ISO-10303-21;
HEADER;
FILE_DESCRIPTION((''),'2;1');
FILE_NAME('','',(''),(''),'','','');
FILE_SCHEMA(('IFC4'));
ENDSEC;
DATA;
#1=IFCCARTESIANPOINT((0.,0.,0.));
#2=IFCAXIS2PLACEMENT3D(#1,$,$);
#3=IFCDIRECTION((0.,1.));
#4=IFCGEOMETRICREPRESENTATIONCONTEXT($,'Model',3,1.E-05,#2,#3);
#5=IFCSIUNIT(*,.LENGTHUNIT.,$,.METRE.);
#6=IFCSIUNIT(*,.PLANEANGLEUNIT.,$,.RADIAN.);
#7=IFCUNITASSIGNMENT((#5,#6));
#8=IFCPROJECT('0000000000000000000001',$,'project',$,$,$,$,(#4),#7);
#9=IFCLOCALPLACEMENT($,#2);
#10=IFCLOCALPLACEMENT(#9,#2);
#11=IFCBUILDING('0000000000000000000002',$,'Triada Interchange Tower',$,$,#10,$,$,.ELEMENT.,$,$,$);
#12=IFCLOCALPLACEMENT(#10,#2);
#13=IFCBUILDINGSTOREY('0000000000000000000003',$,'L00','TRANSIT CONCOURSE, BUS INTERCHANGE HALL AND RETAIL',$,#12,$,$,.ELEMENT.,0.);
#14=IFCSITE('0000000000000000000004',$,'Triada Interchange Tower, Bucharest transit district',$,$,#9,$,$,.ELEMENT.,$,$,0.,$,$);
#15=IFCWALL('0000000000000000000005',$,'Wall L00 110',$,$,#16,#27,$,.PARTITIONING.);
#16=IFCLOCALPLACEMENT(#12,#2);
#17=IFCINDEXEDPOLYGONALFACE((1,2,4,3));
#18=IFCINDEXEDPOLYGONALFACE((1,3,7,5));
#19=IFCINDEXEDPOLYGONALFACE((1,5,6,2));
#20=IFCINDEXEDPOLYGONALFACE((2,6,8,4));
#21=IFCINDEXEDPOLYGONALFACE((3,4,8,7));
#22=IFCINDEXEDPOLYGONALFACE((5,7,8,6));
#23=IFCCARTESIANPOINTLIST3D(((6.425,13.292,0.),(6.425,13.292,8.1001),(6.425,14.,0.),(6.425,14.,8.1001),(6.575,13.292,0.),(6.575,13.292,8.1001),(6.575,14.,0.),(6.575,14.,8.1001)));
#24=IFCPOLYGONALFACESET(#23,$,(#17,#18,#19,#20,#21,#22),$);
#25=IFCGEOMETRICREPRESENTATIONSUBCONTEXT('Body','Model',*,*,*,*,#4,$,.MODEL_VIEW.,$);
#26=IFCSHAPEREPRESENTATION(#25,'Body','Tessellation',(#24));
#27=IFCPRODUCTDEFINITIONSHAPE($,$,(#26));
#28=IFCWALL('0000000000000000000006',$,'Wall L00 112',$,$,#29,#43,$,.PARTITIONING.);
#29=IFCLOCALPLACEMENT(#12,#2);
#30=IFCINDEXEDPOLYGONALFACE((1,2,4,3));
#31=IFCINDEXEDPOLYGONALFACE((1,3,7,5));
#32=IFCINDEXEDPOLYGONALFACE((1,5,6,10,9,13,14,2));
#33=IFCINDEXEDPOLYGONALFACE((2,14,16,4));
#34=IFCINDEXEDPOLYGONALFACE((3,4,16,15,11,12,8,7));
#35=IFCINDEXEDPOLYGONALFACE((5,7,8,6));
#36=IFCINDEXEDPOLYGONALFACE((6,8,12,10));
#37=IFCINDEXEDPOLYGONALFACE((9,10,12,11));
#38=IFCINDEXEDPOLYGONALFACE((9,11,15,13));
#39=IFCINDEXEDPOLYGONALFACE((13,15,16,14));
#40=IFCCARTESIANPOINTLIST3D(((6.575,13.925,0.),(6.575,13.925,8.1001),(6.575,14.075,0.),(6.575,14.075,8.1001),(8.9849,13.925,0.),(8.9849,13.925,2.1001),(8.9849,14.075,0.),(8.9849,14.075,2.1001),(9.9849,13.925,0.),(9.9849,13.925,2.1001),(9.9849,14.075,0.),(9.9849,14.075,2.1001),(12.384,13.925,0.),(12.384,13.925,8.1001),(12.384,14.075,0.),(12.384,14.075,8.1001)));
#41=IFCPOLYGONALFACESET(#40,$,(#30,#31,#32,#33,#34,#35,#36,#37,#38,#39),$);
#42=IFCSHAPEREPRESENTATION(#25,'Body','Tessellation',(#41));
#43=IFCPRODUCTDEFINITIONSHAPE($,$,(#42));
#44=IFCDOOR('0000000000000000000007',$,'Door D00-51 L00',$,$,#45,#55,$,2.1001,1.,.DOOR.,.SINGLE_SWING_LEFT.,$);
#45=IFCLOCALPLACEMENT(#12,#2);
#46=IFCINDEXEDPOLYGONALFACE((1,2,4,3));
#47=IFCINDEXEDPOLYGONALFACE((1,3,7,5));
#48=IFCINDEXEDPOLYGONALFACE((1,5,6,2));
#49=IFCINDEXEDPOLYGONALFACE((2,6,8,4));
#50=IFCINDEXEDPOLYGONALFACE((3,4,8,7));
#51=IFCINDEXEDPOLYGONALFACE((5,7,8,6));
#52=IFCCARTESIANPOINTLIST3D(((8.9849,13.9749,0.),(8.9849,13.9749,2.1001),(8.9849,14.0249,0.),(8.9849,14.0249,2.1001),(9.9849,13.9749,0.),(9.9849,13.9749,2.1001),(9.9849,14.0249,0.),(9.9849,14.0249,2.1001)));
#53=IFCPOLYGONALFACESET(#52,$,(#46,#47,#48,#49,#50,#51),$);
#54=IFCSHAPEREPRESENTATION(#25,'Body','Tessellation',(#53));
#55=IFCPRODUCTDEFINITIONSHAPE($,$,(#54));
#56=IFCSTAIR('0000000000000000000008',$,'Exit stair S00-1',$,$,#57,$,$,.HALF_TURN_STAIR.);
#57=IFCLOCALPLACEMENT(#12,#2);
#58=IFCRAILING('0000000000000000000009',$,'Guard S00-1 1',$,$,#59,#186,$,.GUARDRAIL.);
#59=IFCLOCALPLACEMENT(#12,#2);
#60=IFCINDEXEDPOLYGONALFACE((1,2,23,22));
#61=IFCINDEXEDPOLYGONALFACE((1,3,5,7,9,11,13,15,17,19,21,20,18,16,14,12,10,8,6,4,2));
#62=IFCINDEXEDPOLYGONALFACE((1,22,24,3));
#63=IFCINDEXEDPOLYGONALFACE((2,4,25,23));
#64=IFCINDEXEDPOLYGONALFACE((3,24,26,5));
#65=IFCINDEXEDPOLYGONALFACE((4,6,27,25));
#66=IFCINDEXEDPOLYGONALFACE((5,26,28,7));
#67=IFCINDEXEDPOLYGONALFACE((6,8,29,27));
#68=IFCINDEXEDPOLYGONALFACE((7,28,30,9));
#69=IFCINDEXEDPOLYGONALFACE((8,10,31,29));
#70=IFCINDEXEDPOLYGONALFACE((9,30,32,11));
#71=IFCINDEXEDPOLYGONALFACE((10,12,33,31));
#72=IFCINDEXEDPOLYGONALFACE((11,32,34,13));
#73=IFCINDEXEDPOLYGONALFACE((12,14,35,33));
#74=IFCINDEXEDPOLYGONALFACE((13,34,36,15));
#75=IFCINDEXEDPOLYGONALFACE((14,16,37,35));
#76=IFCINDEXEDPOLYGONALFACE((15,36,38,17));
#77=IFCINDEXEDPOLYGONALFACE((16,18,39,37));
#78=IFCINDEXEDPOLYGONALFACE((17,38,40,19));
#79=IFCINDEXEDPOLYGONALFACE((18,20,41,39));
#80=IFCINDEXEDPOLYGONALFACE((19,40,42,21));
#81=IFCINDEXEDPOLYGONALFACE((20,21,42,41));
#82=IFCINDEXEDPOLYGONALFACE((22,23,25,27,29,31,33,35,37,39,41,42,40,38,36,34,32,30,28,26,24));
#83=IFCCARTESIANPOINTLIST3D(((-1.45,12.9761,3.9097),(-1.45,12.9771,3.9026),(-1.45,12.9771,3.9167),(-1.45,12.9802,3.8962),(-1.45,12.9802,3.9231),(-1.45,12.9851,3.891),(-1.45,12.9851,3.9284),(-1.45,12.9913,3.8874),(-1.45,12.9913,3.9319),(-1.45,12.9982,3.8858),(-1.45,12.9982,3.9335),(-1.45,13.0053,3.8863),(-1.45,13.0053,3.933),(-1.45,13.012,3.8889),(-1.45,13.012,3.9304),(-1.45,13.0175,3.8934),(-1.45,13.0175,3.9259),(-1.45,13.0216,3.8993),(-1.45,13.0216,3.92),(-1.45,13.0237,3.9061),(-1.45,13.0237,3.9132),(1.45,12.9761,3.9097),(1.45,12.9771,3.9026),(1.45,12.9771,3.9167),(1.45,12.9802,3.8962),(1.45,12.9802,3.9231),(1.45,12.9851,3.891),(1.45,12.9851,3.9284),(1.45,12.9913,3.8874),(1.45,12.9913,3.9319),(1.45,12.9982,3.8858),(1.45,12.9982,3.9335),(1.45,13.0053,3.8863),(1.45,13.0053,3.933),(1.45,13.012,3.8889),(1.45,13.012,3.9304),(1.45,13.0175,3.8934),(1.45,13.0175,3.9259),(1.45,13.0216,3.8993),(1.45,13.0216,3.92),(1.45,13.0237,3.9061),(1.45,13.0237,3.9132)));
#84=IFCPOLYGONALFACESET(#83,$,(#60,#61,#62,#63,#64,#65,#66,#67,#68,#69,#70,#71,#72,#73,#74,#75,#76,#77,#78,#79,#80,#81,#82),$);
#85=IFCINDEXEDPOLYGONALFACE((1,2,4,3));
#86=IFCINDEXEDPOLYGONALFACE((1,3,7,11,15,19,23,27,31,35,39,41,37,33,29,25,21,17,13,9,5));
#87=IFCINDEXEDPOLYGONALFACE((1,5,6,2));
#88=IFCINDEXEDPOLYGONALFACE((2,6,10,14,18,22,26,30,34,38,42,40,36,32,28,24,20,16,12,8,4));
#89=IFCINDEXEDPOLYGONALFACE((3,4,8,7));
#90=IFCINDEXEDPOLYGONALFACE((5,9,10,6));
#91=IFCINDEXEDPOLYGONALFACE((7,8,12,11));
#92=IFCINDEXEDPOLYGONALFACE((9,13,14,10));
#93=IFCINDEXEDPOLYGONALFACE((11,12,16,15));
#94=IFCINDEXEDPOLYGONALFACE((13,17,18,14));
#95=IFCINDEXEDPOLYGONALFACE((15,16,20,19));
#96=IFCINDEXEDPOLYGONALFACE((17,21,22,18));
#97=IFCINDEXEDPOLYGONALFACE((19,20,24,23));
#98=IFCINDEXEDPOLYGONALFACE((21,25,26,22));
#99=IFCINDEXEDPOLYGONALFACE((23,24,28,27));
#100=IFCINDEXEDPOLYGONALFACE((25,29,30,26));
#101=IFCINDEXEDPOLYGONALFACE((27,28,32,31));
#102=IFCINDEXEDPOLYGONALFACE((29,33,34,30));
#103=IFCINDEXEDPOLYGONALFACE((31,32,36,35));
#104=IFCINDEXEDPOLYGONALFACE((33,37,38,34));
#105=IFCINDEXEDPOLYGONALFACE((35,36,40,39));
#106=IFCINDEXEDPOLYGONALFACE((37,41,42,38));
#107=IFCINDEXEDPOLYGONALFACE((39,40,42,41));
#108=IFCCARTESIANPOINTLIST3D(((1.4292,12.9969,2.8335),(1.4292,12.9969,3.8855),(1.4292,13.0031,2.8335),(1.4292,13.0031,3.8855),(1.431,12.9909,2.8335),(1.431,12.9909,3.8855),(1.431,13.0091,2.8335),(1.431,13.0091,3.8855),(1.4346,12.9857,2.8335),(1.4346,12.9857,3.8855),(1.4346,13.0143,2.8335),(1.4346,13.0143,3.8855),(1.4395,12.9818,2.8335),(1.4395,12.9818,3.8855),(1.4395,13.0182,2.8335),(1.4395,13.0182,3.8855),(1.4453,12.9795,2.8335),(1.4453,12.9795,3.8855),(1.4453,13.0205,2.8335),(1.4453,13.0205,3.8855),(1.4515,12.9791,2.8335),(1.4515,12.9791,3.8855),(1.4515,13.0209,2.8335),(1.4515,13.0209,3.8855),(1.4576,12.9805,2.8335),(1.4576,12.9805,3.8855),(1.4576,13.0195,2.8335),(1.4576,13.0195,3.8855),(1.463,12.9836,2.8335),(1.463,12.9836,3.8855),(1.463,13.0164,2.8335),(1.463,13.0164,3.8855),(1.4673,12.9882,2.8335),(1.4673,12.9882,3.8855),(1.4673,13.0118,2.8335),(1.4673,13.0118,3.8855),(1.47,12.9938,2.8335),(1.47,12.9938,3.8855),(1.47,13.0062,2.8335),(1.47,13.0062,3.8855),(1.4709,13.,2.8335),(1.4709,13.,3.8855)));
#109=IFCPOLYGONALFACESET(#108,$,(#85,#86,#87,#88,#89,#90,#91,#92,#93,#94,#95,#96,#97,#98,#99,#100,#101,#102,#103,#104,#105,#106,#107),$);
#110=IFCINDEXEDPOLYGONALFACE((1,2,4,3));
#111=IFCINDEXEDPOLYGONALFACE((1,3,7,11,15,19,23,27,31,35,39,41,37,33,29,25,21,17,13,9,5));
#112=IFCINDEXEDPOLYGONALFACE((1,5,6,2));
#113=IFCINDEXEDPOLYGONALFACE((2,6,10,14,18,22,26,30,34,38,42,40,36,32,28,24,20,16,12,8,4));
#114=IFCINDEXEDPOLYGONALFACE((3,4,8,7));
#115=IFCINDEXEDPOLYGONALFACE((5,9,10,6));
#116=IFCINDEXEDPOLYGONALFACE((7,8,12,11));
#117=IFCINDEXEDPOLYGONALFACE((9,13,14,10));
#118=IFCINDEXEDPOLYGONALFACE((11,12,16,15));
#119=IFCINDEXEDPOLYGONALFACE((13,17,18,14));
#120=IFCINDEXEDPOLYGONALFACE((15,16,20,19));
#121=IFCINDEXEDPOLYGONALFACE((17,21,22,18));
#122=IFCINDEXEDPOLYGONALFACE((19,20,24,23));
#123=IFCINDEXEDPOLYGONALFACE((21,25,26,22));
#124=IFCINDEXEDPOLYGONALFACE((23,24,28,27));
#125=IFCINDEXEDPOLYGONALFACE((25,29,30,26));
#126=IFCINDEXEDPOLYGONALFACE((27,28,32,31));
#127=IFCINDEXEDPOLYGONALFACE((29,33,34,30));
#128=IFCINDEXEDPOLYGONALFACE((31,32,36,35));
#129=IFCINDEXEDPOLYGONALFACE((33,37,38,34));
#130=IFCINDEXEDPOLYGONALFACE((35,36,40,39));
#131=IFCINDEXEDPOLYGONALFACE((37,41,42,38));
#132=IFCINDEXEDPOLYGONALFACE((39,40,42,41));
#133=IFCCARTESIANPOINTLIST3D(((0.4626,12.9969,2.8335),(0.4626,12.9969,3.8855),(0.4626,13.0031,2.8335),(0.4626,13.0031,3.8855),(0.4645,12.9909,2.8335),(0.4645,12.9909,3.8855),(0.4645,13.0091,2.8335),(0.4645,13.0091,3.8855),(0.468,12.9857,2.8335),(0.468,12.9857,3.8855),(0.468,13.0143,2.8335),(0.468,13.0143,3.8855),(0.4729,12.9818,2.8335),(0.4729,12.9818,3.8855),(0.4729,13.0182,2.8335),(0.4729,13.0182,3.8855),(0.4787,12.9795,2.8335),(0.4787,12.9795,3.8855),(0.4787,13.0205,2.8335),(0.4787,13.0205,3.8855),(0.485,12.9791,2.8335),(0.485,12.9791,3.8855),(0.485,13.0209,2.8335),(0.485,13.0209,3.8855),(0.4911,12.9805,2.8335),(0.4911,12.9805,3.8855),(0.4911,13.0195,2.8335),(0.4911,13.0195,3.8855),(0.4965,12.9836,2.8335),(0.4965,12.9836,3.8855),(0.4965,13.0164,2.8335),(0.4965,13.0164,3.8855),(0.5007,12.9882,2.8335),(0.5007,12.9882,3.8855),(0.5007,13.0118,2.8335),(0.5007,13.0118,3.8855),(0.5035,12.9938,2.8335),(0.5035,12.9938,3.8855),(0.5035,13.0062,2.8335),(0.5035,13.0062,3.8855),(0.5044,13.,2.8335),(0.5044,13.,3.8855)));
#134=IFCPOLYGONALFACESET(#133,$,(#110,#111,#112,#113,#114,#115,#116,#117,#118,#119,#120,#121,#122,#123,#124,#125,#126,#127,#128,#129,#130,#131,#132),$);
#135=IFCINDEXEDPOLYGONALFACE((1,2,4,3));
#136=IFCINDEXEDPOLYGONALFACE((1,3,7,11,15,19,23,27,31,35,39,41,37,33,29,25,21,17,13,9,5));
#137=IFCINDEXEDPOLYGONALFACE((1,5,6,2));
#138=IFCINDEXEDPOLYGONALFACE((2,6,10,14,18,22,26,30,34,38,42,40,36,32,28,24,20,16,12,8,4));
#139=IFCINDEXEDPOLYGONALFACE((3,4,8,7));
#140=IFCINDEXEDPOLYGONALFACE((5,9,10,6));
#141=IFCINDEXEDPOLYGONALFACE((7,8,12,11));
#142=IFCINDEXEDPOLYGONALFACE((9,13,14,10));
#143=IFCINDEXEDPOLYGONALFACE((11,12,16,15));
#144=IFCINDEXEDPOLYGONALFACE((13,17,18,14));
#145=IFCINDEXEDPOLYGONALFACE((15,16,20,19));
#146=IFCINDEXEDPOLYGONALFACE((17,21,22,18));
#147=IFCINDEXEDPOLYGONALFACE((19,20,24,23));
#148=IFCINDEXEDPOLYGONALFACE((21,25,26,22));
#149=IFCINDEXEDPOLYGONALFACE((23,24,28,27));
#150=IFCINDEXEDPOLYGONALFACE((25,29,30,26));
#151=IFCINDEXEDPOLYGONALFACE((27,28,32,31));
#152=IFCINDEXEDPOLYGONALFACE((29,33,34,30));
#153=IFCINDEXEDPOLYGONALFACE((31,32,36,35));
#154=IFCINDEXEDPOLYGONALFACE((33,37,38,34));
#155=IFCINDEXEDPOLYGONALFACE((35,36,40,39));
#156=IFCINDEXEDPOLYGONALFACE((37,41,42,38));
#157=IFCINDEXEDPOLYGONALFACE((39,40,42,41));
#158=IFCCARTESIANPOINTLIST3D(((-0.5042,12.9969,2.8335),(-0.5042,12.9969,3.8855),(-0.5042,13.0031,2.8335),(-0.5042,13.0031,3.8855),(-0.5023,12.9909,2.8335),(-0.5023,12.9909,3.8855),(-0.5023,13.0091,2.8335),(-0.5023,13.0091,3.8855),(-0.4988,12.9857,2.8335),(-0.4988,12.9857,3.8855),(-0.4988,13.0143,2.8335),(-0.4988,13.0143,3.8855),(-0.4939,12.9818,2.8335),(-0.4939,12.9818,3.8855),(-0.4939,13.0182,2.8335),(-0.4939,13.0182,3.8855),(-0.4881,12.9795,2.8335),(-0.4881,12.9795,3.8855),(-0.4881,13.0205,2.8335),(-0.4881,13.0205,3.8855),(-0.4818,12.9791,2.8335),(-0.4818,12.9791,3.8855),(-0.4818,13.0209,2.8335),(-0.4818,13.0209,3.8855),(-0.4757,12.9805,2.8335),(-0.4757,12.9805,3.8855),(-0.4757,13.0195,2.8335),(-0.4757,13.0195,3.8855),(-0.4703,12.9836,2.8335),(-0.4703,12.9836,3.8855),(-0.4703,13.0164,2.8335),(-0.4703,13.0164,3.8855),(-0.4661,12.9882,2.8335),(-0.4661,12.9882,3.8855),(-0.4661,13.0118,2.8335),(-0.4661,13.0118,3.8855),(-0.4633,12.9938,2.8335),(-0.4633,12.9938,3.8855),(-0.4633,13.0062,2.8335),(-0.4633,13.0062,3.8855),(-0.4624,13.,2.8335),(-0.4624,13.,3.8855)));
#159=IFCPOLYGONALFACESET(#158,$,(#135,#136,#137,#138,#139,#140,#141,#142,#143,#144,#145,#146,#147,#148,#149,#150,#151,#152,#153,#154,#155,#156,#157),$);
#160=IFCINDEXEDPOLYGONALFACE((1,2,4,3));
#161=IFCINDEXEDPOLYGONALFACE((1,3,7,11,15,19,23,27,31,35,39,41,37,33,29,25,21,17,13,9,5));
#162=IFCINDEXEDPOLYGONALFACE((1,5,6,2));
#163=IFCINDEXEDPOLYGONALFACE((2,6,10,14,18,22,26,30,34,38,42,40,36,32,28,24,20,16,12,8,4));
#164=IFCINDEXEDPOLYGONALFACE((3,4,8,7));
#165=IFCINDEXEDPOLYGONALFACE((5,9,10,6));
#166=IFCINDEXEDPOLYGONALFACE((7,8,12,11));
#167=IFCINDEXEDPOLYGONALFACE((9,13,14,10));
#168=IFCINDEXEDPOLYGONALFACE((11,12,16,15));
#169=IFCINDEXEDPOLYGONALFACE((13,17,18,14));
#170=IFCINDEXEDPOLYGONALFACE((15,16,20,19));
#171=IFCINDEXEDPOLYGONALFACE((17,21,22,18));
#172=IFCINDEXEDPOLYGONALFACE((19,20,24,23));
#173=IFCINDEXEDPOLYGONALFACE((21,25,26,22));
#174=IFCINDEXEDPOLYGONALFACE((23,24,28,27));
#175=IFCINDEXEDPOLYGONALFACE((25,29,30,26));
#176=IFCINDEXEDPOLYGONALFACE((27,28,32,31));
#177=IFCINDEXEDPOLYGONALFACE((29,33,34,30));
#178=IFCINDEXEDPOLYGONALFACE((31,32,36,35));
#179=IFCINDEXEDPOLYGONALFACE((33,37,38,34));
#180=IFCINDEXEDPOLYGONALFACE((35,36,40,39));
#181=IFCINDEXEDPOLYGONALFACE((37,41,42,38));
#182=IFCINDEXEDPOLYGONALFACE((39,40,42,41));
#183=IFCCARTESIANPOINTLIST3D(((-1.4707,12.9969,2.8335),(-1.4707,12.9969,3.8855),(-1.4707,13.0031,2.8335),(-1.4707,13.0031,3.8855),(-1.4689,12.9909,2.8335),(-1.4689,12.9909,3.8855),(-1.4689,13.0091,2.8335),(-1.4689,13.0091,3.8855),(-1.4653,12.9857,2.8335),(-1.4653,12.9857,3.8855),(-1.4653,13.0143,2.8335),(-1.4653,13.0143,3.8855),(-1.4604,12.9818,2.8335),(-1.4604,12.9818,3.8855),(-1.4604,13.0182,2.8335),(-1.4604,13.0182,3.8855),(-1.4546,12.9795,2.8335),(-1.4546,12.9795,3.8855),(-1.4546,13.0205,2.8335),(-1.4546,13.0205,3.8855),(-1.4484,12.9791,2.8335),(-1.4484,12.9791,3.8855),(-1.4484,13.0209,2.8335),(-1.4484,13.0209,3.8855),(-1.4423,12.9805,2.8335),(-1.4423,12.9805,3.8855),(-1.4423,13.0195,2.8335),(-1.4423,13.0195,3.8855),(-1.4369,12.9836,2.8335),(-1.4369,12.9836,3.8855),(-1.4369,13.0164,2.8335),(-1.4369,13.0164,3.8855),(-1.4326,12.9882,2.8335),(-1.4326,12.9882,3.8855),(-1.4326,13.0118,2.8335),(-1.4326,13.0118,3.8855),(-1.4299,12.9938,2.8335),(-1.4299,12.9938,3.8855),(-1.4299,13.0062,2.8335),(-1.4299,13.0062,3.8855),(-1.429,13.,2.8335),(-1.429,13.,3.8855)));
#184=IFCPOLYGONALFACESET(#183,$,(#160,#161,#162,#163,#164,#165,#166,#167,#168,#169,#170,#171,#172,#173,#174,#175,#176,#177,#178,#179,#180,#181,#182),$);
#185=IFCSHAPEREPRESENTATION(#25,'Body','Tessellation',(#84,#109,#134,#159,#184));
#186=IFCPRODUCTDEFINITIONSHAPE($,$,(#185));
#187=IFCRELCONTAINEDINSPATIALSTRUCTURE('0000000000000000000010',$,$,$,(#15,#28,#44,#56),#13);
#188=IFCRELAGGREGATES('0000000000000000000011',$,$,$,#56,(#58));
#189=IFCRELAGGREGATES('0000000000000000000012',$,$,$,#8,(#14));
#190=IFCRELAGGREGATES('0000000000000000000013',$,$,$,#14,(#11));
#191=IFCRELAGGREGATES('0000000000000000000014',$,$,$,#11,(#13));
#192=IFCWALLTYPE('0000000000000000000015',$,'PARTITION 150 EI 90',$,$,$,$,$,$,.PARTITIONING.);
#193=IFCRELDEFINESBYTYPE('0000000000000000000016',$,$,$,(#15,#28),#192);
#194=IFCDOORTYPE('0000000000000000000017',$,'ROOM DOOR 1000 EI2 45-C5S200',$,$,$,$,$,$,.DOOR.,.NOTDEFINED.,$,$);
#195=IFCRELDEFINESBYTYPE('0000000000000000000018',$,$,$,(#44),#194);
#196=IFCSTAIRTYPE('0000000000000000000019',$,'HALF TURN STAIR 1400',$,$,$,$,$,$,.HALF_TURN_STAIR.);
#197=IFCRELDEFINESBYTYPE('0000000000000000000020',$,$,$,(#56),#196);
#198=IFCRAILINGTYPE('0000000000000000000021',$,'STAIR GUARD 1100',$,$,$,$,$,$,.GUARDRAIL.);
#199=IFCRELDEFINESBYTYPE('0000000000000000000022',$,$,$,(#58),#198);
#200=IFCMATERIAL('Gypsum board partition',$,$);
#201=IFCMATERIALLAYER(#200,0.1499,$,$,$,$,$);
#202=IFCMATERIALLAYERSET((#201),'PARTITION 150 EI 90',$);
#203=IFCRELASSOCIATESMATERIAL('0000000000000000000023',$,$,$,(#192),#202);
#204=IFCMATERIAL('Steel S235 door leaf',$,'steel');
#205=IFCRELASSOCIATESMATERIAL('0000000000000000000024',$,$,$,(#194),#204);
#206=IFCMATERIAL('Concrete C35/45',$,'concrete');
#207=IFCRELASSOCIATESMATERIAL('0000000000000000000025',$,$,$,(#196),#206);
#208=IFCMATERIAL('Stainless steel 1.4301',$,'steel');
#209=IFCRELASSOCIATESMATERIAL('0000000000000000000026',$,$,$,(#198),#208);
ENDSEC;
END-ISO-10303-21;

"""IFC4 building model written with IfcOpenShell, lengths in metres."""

from ifc_helpers import new_model, si_unit, direction, frame, frame_2d, origin, origin_2d, place, context, subcontext, project, spatial, rectangle, circle, extrude, material, layer, layer_set, type_object, element, fill, aggregate, save


model = new_model("IFC4")

# Units and contexts
model_context = context("Model", 3, precision=1e-05, world=origin(), true_north=direction((0.0, 1.0)))
body_context = subcontext(model_context, "Body", "Model", "MODEL_VIEW")
ifc_project = project(units=[si_unit("LENGTHUNIT", "METRE"), si_unit("PLANEANGLEUNIT", "RADIAN")], contexts=[model_context])

# Site, building, storey
site_placement = place(None, origin())
site = spatial("IfcSite", under=ifc_project, at=site_placement, Name="Triada Interchange Tower, Bucharest transit district", CompositionType="ELEMENT", RefElevation=0.0)
building_placement = place(site_placement, origin())
building = spatial("IfcBuilding", under=site, at=building_placement, Name="Triada Interchange Tower", CompositionType="ELEMENT")
storey_placement = place(building_placement, origin())
storey = spatial("IfcBuildingStorey", under=building, at=storey_placement, Name="L00", Description="TRANSIT CONCOURSE, BUS INTERCHANGE HALL AND RETAIL", CompositionType="ELEMENT", Elevation=0.0)

# Shared definitions
ifc_material_1 = material(Name="Concrete C35/45", Category="concrete")

# Shared definitions
ifc_material_2 = material(Name="Steel S235 door leaf", Category="steel")

# Wall
ifc_material_3 = material(Name="Gypsum board partition")
ifc_layer_1 = layer(ifc_material_3, 0.1499)
ifc_layer_set_1 = layer_set([ifc_layer_1], Name="PARTITION 150 EI 90")
wall_type_1 = type_object("IfcWallType", Name="PARTITION 150 EI 90", PredefinedType="PARTITIONING", material=ifc_layer_set_1)
wall_1_placement = place(storey_placement, frame((6.5, 13.292, 0.0), z_axis=(0.0, 0.0, 1.0), x_axis=(0.0, 1.0, 0.0)))
element("IfcWall", 1, at=wall_1_placement, inside=storey, type_object=wall_type_1, Name="Wall L00 110", PredefinedType="PARTITIONING", context=body_context, shape_type="SweptSolid", body=[
    extrude(rectangle(XDim=0.708, YDim=0.1499, at=frame_2d((0.354, 0.0))), origin(), (0.0, 0.0, 1.0), 8.1001),
])

# Wall, opening, door
wall_2_placement = place(storey_placement, frame((6.575, 14.0, 0.0), z_axis=(0.0, 0.0, 1.0), x_axis=(1.0, 0.0, 0.0)))
wall_2 = element("IfcWall", 2, at=wall_2_placement, inside=storey, type_object=wall_type_1, Name="Wall L00 112", PredefinedType="PARTITIONING", context=body_context, shape_type="SweptSolid", body=[
    extrude(rectangle(XDim=5.8091, YDim=0.1499, at=frame_2d((2.9045, 0.0))), origin(), (0.0, 0.0, 1.0), 8.1001),
])
opening_1_placement = place(wall_2_placement, frame((2.4099, 0.0, 0.0)))
opening_1 = element("IfcOpeningElement", 3, at=opening_1_placement, cuts=wall_2, PredefinedType="OPENING", context=body_context, shape_type="SweptSolid", body=[
    extrude(rectangle(XDim=1.0, YDim=2.1001, at=frame_2d((0.5, 1.05))), frame((0.0, 0.085, 0.0), z_axis=(0.0, -1.0, 0.0), x_axis=(1.0, 0.0, 0.0)), (0.0, 0.0, 1.0), 0.1699),
])
door_type_1 = type_object("IfcDoorType", Name="ROOM DOOR 1000 EI2 45-C5S200", OperationType="NOTDEFINED", PredefinedType="DOOR", material=ifc_material_2)
door_1_placement = place(opening_1_placement, origin())
door_1 = element("IfcDoor", 4, at=door_1_placement, inside=storey, type_object=door_type_1, Name="Door D00-51 L00", OperationType="SINGLE_SWING_LEFT", OverallHeight=2.1001, OverallWidth=1.0, PredefinedType="DOOR", context=body_context, shape_type="SweptSolid", body=[
    extrude(rectangle(XDim=1.0, YDim=2.1001, at=frame_2d((0.5, 1.05))), frame((0.0, 0.0249, 0.0), z_axis=(0.0, -1.0, 0.0), x_axis=(1.0, 0.0, 0.0)), (0.0, 0.0, 1.0), 0.05),
])
fill(opening_1, door_1)

# Stair, railing
stair_type = type_object("IfcStairType", Name="HALF TURN STAIR 1400", PredefinedType="HALF_TURN_STAIR", material=ifc_material_1)
stair_placement = place(storey_placement, origin())
stair = element("IfcStair", 5, at=stair_placement, inside=storey, type_object=stair_type, Name="Exit stair S00-1", PredefinedType="HALF_TURN_STAIR")
ifc_material_4 = material(Name="Stainless steel 1.4301", Category="steel")
railing_type = type_object("IfcRailingType", Name="STAIR GUARD 1100", PredefinedType="GUARDRAIL", material=ifc_material_4)
railing_1_placement = place(storey_placement, frame((1.45, 13.0, 2.8335)))
railing_1 = element("IfcRailing", 6, at=railing_1_placement, type_object=railing_type, Name="Guard S00-1 1", PredefinedType="GUARDRAIL", context=body_context, shape_type="SweptSolid", body=[
    extrude(circle(Radius=0.0239, at=origin_2d()), frame((0.0, 0.0, 1.0762), z_axis=(-1.0, 0.0, 0.0), x_axis=(0.0, -1.0, 0.0)), (0.0, 0.0, 1.0), 2.8999),
    extrude(circle(Radius=0.021, at=origin_2d()), origin(), (0.0, 0.0, 1.0), 1.052),
    extrude(circle(Radius=0.021, at=origin_2d()), frame((-0.9666, 0.0, 0.0)), (0.0, 0.0, 1.0), 1.052),
    extrude(circle(Radius=0.021, at=origin_2d()), frame((-1.9333, 0.0, 0.0)), (0.0, 0.0, 1.0), 1.052),
    extrude(circle(Radius=0.021, at=origin_2d()), frame((-2.8999, 0.0, 0.0)), (0.0, 0.0, 1.0), 1.052),
])
aggregate(stair, [railing_1])

save(model, "model.ifc")
